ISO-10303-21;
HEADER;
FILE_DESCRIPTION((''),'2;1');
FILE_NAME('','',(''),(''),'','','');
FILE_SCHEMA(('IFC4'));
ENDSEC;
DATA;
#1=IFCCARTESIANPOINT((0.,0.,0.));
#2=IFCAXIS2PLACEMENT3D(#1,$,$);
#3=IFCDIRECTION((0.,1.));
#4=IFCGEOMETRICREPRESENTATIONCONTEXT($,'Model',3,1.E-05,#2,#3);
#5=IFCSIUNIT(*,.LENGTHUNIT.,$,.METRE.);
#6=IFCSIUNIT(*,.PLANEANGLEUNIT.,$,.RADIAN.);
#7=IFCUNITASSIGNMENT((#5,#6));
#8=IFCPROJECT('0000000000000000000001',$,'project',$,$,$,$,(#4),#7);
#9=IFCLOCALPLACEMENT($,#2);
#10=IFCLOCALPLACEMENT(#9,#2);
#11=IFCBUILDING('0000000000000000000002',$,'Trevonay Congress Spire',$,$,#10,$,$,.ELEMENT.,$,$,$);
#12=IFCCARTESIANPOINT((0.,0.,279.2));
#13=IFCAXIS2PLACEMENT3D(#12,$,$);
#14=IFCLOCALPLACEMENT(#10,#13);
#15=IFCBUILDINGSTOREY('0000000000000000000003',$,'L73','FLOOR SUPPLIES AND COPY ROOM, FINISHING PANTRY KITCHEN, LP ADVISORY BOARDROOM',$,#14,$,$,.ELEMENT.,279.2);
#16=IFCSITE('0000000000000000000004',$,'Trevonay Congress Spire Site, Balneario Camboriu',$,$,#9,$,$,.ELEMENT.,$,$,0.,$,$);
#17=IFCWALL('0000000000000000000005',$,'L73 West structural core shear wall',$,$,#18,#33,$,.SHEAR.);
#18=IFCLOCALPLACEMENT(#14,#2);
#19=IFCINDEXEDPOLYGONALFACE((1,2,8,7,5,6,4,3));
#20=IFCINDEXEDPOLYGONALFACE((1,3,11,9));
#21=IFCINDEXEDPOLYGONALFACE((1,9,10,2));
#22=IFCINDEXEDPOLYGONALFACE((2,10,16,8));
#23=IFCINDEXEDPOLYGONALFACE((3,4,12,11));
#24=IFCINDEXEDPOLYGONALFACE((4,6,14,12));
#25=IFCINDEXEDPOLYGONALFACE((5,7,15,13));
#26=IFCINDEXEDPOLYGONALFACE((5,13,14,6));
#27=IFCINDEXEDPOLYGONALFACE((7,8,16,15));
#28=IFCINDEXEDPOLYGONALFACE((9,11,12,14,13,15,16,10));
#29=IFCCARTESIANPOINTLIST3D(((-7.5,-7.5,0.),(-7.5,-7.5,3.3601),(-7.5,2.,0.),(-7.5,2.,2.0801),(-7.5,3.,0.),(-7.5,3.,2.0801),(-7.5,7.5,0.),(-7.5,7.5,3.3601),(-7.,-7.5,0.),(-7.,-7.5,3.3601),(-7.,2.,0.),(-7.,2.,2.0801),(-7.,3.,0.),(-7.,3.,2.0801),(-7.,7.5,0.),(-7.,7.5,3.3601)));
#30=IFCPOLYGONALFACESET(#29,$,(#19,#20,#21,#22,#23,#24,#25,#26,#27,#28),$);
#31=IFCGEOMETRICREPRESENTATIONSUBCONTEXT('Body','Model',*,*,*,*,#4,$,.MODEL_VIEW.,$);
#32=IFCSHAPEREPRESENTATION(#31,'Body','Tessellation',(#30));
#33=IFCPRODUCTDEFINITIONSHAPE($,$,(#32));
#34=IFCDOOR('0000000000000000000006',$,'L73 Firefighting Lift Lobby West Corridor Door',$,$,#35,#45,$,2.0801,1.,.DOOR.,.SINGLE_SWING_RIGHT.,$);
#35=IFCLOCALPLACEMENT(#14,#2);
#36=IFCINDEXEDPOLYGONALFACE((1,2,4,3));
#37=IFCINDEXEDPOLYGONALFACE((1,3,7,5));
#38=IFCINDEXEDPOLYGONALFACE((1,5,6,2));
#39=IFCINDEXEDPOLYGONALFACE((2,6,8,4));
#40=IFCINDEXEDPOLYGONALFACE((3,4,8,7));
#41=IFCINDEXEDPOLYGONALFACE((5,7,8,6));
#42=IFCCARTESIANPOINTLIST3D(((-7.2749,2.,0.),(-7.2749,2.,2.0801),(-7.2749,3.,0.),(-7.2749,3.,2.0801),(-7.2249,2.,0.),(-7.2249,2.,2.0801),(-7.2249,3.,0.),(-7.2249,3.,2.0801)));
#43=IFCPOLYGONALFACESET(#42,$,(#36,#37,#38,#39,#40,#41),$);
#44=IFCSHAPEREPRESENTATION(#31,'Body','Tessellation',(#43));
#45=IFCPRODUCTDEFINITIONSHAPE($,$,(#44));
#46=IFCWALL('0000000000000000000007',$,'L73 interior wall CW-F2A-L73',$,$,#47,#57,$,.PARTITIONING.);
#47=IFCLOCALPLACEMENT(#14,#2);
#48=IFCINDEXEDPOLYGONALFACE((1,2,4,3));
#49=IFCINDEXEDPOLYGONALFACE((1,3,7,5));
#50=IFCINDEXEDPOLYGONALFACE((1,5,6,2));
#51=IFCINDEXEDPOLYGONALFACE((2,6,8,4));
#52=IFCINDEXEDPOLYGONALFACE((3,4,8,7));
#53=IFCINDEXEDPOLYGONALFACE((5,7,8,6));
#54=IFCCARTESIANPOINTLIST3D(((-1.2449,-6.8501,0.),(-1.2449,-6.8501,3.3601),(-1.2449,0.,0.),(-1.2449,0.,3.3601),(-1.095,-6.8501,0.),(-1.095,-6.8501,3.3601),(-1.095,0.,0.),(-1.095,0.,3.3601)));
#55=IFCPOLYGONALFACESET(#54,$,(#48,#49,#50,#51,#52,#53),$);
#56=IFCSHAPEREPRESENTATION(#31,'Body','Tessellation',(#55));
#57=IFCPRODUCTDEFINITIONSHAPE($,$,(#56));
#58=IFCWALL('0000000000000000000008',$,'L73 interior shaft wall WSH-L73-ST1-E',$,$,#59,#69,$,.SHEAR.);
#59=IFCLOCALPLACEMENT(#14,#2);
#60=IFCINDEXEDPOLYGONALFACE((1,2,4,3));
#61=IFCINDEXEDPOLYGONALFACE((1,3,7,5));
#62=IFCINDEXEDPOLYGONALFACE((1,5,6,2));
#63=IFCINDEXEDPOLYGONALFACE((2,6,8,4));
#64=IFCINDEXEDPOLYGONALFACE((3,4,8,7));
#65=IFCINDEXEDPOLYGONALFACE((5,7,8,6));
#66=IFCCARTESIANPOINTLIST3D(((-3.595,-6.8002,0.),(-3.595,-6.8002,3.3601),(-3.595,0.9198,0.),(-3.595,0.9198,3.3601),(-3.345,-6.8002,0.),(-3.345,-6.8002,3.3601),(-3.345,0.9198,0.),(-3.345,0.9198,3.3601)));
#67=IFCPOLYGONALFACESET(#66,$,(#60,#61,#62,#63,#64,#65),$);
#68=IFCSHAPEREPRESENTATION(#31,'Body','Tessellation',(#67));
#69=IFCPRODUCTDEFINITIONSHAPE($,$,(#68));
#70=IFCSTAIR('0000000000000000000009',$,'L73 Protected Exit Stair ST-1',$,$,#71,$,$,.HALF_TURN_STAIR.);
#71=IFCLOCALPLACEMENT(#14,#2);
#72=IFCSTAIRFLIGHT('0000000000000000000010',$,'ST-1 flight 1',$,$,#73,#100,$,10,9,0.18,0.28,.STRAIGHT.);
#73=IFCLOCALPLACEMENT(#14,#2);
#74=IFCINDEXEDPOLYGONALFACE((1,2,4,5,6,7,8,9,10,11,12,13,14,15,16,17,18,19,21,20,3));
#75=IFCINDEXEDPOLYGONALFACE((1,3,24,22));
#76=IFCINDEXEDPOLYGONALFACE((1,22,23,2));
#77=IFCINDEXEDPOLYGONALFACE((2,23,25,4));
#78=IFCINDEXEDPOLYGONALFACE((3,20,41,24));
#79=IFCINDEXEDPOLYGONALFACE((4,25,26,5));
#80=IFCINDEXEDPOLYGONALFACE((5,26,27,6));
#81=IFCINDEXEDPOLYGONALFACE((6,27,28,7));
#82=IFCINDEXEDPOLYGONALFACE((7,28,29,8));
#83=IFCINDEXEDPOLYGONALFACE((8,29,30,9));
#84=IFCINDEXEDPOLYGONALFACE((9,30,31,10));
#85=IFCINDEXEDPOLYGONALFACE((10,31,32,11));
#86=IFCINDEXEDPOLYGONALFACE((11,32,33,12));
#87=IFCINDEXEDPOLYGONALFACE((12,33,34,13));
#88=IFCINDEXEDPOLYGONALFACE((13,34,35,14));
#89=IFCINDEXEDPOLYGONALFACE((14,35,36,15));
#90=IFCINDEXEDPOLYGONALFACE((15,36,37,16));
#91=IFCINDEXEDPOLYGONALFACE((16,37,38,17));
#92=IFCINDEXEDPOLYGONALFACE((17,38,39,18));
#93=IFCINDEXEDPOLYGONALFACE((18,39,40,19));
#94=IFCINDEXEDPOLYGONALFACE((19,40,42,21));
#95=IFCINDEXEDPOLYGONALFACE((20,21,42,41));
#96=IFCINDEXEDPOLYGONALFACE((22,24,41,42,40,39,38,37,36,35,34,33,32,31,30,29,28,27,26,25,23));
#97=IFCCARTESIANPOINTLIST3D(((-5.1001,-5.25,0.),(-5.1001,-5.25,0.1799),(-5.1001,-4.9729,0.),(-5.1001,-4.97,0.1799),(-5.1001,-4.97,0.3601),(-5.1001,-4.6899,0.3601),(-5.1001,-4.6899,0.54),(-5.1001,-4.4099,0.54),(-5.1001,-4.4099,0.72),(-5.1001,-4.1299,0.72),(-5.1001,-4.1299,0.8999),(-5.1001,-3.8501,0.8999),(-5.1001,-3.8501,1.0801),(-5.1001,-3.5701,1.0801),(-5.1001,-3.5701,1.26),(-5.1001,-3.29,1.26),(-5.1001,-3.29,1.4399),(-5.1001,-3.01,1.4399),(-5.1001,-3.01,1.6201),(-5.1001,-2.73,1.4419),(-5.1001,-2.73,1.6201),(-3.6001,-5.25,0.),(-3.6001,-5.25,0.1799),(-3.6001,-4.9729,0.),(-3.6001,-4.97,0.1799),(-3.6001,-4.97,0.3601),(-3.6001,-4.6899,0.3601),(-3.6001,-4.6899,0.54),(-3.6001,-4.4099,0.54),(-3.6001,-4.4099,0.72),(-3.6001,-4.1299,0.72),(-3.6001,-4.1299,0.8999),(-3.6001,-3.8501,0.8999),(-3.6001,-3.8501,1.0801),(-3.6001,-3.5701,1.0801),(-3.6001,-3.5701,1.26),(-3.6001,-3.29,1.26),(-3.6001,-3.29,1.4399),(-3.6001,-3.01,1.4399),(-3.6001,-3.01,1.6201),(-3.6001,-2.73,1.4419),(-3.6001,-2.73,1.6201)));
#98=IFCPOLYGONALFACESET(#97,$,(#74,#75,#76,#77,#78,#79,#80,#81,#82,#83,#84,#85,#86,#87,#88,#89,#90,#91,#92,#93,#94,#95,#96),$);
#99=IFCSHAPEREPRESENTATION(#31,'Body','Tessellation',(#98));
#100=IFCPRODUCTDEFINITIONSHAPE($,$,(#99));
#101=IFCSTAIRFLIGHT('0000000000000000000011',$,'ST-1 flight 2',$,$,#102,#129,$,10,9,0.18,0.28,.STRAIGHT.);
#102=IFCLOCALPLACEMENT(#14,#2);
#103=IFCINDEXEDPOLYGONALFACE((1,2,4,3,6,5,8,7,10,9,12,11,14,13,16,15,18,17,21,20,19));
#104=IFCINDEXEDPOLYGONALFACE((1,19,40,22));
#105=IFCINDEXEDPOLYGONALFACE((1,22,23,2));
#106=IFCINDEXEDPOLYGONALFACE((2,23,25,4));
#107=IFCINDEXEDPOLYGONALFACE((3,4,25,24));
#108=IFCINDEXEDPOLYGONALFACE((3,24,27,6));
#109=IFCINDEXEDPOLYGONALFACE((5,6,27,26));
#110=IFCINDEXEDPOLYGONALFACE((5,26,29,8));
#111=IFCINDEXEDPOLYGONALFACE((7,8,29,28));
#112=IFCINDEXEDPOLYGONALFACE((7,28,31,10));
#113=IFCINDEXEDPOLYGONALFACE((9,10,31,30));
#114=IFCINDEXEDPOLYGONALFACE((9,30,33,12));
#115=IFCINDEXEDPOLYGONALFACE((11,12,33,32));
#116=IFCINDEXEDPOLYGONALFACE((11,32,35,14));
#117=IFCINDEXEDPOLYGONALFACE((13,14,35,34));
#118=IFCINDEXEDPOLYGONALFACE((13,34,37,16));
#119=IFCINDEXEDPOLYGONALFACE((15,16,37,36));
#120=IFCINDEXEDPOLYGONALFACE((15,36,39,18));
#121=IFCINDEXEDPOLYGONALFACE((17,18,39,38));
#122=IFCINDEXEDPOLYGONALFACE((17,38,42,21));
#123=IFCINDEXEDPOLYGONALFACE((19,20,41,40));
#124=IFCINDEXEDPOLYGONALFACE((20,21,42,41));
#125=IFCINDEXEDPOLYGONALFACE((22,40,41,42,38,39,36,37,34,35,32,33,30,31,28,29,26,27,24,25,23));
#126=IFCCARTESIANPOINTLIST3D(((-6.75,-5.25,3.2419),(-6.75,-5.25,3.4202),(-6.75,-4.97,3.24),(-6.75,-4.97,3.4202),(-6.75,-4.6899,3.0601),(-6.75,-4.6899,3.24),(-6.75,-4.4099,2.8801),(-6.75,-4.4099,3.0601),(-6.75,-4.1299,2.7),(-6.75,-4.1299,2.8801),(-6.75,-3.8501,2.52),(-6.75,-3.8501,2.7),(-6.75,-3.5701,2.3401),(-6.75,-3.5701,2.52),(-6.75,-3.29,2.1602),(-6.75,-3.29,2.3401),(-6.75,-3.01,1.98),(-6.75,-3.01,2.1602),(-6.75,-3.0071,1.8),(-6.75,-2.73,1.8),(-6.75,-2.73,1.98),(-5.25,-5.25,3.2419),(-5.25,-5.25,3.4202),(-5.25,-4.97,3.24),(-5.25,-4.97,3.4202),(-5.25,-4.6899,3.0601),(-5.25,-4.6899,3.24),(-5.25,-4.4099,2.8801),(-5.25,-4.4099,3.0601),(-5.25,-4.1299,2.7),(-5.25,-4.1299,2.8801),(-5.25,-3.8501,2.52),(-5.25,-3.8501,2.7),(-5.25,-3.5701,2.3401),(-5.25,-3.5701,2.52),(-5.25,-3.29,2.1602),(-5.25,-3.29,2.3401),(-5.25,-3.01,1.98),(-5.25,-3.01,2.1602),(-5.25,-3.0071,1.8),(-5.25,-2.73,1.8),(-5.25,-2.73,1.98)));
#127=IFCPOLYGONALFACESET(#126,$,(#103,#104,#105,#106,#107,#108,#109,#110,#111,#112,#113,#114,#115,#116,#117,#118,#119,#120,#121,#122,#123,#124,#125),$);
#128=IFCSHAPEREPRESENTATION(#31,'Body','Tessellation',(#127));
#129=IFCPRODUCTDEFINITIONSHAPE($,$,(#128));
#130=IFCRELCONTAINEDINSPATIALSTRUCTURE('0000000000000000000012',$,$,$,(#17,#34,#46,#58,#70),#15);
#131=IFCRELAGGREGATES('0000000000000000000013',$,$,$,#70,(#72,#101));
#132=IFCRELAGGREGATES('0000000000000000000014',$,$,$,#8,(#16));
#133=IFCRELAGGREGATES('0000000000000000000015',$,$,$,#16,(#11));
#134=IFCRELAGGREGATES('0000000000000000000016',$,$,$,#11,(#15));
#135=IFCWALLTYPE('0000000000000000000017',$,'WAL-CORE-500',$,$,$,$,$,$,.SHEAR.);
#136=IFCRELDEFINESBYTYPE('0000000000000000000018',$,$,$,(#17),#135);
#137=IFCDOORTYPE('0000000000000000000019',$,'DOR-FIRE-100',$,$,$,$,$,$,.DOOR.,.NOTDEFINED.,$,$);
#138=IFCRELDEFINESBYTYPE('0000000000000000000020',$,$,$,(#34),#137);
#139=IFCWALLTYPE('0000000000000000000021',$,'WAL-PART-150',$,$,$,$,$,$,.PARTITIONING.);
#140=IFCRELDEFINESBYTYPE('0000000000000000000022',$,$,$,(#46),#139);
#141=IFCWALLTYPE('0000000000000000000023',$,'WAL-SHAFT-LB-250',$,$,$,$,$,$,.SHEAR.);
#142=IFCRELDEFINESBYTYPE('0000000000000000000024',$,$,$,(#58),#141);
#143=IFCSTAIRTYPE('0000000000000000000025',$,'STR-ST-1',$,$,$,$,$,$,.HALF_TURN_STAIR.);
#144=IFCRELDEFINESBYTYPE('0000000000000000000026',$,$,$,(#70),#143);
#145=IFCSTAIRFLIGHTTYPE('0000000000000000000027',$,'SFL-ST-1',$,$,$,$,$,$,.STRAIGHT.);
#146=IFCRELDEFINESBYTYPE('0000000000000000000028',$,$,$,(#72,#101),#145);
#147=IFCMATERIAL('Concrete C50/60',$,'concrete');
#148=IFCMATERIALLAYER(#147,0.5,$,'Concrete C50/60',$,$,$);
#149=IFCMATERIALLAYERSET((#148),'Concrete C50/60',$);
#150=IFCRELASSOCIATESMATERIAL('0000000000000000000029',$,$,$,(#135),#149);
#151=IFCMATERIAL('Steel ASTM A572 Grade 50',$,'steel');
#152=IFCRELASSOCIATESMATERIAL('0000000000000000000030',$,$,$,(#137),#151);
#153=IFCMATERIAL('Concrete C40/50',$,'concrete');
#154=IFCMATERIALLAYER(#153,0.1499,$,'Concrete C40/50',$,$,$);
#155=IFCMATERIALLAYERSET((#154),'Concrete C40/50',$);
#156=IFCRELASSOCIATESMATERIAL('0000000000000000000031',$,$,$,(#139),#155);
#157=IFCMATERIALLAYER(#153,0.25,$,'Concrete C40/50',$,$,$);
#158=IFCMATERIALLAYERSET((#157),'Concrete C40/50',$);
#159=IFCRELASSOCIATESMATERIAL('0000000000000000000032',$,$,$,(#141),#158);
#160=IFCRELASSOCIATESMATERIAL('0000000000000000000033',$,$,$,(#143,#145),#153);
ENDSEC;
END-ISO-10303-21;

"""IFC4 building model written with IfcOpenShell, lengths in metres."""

from ifc_helpers import new_model, si_unit, direction, frame, frame_2d, origin, place, context, subcontext, project, spatial, polyline, rectangle, outline, extrude, material, layer, layer_set, type_object, element, fill, aggregate, save


model = new_model("IFC4")

# Units and contexts
model_context = context("Model", 3, precision=1e-05, world=origin(), true_north=direction((0.0, 1.0)))
body_context = subcontext(model_context, "Body", "Model", "MODEL_VIEW")
ifc_project = project(units=[si_unit("LENGTHUNIT", "METRE"), si_unit("PLANEANGLEUNIT", "RADIAN")], contexts=[model_context])

# Site, building, storey
site_placement = place(None, origin())
site = spatial("IfcSite", under=ifc_project, at=site_placement, Name="Trevonay Congress Spire Site, Balneario Camboriu", CompositionType="ELEMENT", RefElevation=0.0)
building_placement = place(site_placement, origin())
building = spatial("IfcBuilding", under=site, at=building_placement, Name="Trevonay Congress Spire", CompositionType="ELEMENT")
storey_placement = place(building_placement, frame((0.0, 0.0, 279.2)))
storey = spatial("IfcBuildingStorey", under=building, at=storey_placement, Name="L73", Description="FLOOR SUPPLIES AND COPY ROOM, FINISHING PANTRY KITCHEN, LP ADVISORY BOARDROOM", CompositionType="ELEMENT", Elevation=279.2)

# Shared definitions
ifc_material_1 = material(Name="Steel ASTM A572 Grade 50", Category="steel")

# Shared definitions
ifc_material_2 = material(Name="Concrete C50/60", Category="concrete")
ifc_layer_1 = layer(ifc_material_2, 0.5, Name="Concrete C50/60")
ifc_layer_set_1 = layer_set([ifc_layer_1], Name="Concrete C50/60")
wall_type_1 = type_object("IfcWallType", Name="WAL-CORE-500", PredefinedType="SHEAR", material=ifc_layer_set_1)
door_type_1 = type_object("IfcDoorType", Name="DOR-FIRE-100", OperationType="NOTDEFINED", PredefinedType="DOOR", material=ifc_material_1)

# Wall, opening, door
wall_1_placement = place(storey_placement, frame((-7.25, -7.5, 0.0), z_axis=(0.0, 0.0, 1.0), x_axis=(0.0, 1.0, 0.0)))
wall_1 = element("IfcWall", 1, at=wall_1_placement, inside=storey, type_object=wall_type_1, Name="L73 West structural core shear wall", PredefinedType="SHEAR", context=body_context, shape_type="SweptSolid", body=[
    extrude(rectangle(XDim=15.0, YDim=0.5, at=frame_2d((7.5, 0.0))), origin(), (0.0, 0.0, 1.0), 3.3601),
])
opening_1_placement = place(wall_1_placement, frame((9.5, 0.0, 0.0)))
opening_1 = element("IfcOpeningElement", 2, at=opening_1_placement, cuts=wall_1, PredefinedType="OPENING", context=body_context, shape_type="SweptSolid", body=[
    extrude(rectangle(XDim=1.0, YDim=2.0801, at=frame_2d((0.5, 1.04))), frame((0.0, 0.26, 0.0), z_axis=(0.0, -1.0, 0.0), x_axis=(1.0, 0.0, 0.0)), (0.0, 0.0, 1.0), 0.52),
])
door_1_placement = place(opening_1_placement, origin())
door_1 = element("IfcDoor", 3, at=door_1_placement, inside=storey, type_object=door_type_1, Name="L73 Firefighting Lift Lobby West Corridor Door", OperationType="SINGLE_SWING_RIGHT", OverallHeight=2.0801, OverallWidth=1.0, PredefinedType="DOOR", context=body_context, shape_type="SweptSolid", body=[
    extrude(rectangle(XDim=1.0, YDim=2.0801, at=frame_2d((0.5, 1.04))), frame((0.0, 0.0249, 0.0), z_axis=(0.0, -1.0, 0.0), x_axis=(1.0, 0.0, 0.0)), (0.0, 0.0, 1.0), 0.05),
])
fill(opening_1, door_1)

# Walls
ifc_material_3 = material(Name="Concrete C40/50", Category="concrete")
ifc_layer_2 = layer(ifc_material_3, 0.1499, Name="Concrete C40/50")
ifc_layer_set_2 = layer_set([ifc_layer_2], Name="Concrete C40/50")
wall_type_2 = type_object("IfcWallType", Name="WAL-PART-150", PredefinedType="PARTITIONING", material=ifc_layer_set_2)
wall_2_placement = place(storey_placement, frame((-1.1699, -6.8501, 0.0), z_axis=(0.0, 0.0, 1.0), x_axis=(0.0, 1.0, 0.0)))
element("IfcWall", 4, at=wall_2_placement, inside=storey, type_object=wall_type_2, Name="L73 interior wall CW-F2A-L73", PredefinedType="PARTITIONING", context=body_context, shape_type="SweptSolid", body=[
    extrude(rectangle(XDim=6.8501, YDim=0.1499, at=frame_2d((3.425, 0.0))), origin(), (0.0, 0.0, 1.0), 3.3601),
])
ifc_layer_3 = layer(ifc_material_3, 0.25, Name="Concrete C40/50")
ifc_layer_set_3 = layer_set([ifc_layer_3], Name="Concrete C40/50")
wall_type_3 = type_object("IfcWallType", Name="WAL-SHAFT-LB-250", PredefinedType="SHEAR", material=ifc_layer_set_3)
wall_3_placement = place(storey_placement, frame((-3.47, -6.8, 0.0), z_axis=(0.0, 0.0, 1.0), x_axis=(0.0, 1.0, 0.0)))
element("IfcWall", 5, at=wall_3_placement, inside=storey, type_object=wall_type_3, Name="L73 interior shaft wall WSH-L73-ST1-E", PredefinedType="SHEAR", context=body_context, shape_type="SweptSolid", body=[
    extrude(rectangle(XDim=7.72, YDim=0.25, at=frame_2d((3.8599, 0.0))), origin(), (0.0, 0.0, 1.0), 3.3601),
])

# Stair, stair flights
stair_type = type_object("IfcStairType", Name="STR-ST-1", PredefinedType="HALF_TURN_STAIR", material=ifc_material_3)
stair_placement = place(storey_placement, origin())
stair = element("IfcStair", 6, at=stair_placement, inside=storey, type_object=stair_type, Name="L73 Protected Exit Stair ST-1", PredefinedType="HALF_TURN_STAIR")
stair_flight_type = type_object("IfcStairFlightType", Name="SFL-ST-1", PredefinedType="STRAIGHT", material=ifc_material_3)
stair_flight_1_placement = place(storey_placement, frame((-4.3501, -5.25, 0.0), z_axis=(0.0, 0.0, 1.0), x_axis=(0.0, 1.0, 0.0)))
stair_flight_1 = element("IfcStairFlight", 7, at=stair_flight_1_placement, type_object=stair_flight_type, Name="ST-1 flight 1", NumberOfRisers=10, NumberOfTreads=9, PredefinedType="STRAIGHT", RiserHeight=0.18, TreadLength=0.28, context=body_context, shape_type="SweptSolid", body=[
    extrude(outline(polyline([(0.0, 0.0), (0.0, 0.1799), (0.28, 0.1799), (0.28, 0.3601), (0.5601, 0.3601), (0.5601, 0.54), (0.8401, 0.54), (0.8401, 0.72), (1.1201, 0.72), (1.1201, 0.8999), (1.3999, 0.8999), (1.3999, 1.0801), (1.6799, 1.0801), (1.6799, 1.26), (1.96, 1.26), (1.96, 1.4399), (2.24, 1.4399), (2.24, 1.6201), (2.52, 1.6201), (2.52, 1.8), (2.52, 1.4419), (0.2771, 0.0), (0.0, 0.0)])), frame((0.0, 0.75, 0.0), z_axis=(0.0, -1.0, 0.0), x_axis=(1.0, 0.0, 0.0)), (0.0, 0.0, 1.0), 1.5),
])
stair_flight_2_placement = place(storey_placement, frame((-6.0, -2.73, 1.8), z_axis=(0.0, 0.0, 1.0), x_axis=(0.0, -1.0, 0.0)))
stair_flight_2 = element("IfcStairFlight", 8, at=stair_flight_2_placement, type_object=stair_flight_type, Name="ST-1 flight 2", NumberOfRisers=10, NumberOfTreads=9, PredefinedType="STRAIGHT", RiserHeight=0.18, TreadLength=0.28, context=body_context, shape_type="SweptSolid", body=[
    extrude(outline(polyline([(0.0, 0.0), (0.0, 0.1799), (0.28, 0.1799), (0.28, 0.3601), (0.5601, 0.3601), (0.5601, 0.54), (0.8401, 0.54), (0.8401, 0.72), (1.1201, 0.72), (1.1201, 0.8999), (1.3999, 0.8999), (1.3999, 1.0801), (1.6799, 1.0801), (1.6799, 1.26), (1.96, 1.26), (1.96, 1.4399), (2.24, 1.4399), (2.24, 1.6201), (2.52, 1.6201), (2.52, 1.8), (2.52, 1.4419), (0.2771, 0.0), (0.0, 0.0)])), frame((0.0, 0.75, 0.0), z_axis=(0.0, -1.0, 0.0), x_axis=(1.0, 0.0, 0.0)), (0.0, 0.0, 1.0), 1.5),
])
aggregate(stair, [stair_flight_1, stair_flight_2])

save(model, "model.ifc")
